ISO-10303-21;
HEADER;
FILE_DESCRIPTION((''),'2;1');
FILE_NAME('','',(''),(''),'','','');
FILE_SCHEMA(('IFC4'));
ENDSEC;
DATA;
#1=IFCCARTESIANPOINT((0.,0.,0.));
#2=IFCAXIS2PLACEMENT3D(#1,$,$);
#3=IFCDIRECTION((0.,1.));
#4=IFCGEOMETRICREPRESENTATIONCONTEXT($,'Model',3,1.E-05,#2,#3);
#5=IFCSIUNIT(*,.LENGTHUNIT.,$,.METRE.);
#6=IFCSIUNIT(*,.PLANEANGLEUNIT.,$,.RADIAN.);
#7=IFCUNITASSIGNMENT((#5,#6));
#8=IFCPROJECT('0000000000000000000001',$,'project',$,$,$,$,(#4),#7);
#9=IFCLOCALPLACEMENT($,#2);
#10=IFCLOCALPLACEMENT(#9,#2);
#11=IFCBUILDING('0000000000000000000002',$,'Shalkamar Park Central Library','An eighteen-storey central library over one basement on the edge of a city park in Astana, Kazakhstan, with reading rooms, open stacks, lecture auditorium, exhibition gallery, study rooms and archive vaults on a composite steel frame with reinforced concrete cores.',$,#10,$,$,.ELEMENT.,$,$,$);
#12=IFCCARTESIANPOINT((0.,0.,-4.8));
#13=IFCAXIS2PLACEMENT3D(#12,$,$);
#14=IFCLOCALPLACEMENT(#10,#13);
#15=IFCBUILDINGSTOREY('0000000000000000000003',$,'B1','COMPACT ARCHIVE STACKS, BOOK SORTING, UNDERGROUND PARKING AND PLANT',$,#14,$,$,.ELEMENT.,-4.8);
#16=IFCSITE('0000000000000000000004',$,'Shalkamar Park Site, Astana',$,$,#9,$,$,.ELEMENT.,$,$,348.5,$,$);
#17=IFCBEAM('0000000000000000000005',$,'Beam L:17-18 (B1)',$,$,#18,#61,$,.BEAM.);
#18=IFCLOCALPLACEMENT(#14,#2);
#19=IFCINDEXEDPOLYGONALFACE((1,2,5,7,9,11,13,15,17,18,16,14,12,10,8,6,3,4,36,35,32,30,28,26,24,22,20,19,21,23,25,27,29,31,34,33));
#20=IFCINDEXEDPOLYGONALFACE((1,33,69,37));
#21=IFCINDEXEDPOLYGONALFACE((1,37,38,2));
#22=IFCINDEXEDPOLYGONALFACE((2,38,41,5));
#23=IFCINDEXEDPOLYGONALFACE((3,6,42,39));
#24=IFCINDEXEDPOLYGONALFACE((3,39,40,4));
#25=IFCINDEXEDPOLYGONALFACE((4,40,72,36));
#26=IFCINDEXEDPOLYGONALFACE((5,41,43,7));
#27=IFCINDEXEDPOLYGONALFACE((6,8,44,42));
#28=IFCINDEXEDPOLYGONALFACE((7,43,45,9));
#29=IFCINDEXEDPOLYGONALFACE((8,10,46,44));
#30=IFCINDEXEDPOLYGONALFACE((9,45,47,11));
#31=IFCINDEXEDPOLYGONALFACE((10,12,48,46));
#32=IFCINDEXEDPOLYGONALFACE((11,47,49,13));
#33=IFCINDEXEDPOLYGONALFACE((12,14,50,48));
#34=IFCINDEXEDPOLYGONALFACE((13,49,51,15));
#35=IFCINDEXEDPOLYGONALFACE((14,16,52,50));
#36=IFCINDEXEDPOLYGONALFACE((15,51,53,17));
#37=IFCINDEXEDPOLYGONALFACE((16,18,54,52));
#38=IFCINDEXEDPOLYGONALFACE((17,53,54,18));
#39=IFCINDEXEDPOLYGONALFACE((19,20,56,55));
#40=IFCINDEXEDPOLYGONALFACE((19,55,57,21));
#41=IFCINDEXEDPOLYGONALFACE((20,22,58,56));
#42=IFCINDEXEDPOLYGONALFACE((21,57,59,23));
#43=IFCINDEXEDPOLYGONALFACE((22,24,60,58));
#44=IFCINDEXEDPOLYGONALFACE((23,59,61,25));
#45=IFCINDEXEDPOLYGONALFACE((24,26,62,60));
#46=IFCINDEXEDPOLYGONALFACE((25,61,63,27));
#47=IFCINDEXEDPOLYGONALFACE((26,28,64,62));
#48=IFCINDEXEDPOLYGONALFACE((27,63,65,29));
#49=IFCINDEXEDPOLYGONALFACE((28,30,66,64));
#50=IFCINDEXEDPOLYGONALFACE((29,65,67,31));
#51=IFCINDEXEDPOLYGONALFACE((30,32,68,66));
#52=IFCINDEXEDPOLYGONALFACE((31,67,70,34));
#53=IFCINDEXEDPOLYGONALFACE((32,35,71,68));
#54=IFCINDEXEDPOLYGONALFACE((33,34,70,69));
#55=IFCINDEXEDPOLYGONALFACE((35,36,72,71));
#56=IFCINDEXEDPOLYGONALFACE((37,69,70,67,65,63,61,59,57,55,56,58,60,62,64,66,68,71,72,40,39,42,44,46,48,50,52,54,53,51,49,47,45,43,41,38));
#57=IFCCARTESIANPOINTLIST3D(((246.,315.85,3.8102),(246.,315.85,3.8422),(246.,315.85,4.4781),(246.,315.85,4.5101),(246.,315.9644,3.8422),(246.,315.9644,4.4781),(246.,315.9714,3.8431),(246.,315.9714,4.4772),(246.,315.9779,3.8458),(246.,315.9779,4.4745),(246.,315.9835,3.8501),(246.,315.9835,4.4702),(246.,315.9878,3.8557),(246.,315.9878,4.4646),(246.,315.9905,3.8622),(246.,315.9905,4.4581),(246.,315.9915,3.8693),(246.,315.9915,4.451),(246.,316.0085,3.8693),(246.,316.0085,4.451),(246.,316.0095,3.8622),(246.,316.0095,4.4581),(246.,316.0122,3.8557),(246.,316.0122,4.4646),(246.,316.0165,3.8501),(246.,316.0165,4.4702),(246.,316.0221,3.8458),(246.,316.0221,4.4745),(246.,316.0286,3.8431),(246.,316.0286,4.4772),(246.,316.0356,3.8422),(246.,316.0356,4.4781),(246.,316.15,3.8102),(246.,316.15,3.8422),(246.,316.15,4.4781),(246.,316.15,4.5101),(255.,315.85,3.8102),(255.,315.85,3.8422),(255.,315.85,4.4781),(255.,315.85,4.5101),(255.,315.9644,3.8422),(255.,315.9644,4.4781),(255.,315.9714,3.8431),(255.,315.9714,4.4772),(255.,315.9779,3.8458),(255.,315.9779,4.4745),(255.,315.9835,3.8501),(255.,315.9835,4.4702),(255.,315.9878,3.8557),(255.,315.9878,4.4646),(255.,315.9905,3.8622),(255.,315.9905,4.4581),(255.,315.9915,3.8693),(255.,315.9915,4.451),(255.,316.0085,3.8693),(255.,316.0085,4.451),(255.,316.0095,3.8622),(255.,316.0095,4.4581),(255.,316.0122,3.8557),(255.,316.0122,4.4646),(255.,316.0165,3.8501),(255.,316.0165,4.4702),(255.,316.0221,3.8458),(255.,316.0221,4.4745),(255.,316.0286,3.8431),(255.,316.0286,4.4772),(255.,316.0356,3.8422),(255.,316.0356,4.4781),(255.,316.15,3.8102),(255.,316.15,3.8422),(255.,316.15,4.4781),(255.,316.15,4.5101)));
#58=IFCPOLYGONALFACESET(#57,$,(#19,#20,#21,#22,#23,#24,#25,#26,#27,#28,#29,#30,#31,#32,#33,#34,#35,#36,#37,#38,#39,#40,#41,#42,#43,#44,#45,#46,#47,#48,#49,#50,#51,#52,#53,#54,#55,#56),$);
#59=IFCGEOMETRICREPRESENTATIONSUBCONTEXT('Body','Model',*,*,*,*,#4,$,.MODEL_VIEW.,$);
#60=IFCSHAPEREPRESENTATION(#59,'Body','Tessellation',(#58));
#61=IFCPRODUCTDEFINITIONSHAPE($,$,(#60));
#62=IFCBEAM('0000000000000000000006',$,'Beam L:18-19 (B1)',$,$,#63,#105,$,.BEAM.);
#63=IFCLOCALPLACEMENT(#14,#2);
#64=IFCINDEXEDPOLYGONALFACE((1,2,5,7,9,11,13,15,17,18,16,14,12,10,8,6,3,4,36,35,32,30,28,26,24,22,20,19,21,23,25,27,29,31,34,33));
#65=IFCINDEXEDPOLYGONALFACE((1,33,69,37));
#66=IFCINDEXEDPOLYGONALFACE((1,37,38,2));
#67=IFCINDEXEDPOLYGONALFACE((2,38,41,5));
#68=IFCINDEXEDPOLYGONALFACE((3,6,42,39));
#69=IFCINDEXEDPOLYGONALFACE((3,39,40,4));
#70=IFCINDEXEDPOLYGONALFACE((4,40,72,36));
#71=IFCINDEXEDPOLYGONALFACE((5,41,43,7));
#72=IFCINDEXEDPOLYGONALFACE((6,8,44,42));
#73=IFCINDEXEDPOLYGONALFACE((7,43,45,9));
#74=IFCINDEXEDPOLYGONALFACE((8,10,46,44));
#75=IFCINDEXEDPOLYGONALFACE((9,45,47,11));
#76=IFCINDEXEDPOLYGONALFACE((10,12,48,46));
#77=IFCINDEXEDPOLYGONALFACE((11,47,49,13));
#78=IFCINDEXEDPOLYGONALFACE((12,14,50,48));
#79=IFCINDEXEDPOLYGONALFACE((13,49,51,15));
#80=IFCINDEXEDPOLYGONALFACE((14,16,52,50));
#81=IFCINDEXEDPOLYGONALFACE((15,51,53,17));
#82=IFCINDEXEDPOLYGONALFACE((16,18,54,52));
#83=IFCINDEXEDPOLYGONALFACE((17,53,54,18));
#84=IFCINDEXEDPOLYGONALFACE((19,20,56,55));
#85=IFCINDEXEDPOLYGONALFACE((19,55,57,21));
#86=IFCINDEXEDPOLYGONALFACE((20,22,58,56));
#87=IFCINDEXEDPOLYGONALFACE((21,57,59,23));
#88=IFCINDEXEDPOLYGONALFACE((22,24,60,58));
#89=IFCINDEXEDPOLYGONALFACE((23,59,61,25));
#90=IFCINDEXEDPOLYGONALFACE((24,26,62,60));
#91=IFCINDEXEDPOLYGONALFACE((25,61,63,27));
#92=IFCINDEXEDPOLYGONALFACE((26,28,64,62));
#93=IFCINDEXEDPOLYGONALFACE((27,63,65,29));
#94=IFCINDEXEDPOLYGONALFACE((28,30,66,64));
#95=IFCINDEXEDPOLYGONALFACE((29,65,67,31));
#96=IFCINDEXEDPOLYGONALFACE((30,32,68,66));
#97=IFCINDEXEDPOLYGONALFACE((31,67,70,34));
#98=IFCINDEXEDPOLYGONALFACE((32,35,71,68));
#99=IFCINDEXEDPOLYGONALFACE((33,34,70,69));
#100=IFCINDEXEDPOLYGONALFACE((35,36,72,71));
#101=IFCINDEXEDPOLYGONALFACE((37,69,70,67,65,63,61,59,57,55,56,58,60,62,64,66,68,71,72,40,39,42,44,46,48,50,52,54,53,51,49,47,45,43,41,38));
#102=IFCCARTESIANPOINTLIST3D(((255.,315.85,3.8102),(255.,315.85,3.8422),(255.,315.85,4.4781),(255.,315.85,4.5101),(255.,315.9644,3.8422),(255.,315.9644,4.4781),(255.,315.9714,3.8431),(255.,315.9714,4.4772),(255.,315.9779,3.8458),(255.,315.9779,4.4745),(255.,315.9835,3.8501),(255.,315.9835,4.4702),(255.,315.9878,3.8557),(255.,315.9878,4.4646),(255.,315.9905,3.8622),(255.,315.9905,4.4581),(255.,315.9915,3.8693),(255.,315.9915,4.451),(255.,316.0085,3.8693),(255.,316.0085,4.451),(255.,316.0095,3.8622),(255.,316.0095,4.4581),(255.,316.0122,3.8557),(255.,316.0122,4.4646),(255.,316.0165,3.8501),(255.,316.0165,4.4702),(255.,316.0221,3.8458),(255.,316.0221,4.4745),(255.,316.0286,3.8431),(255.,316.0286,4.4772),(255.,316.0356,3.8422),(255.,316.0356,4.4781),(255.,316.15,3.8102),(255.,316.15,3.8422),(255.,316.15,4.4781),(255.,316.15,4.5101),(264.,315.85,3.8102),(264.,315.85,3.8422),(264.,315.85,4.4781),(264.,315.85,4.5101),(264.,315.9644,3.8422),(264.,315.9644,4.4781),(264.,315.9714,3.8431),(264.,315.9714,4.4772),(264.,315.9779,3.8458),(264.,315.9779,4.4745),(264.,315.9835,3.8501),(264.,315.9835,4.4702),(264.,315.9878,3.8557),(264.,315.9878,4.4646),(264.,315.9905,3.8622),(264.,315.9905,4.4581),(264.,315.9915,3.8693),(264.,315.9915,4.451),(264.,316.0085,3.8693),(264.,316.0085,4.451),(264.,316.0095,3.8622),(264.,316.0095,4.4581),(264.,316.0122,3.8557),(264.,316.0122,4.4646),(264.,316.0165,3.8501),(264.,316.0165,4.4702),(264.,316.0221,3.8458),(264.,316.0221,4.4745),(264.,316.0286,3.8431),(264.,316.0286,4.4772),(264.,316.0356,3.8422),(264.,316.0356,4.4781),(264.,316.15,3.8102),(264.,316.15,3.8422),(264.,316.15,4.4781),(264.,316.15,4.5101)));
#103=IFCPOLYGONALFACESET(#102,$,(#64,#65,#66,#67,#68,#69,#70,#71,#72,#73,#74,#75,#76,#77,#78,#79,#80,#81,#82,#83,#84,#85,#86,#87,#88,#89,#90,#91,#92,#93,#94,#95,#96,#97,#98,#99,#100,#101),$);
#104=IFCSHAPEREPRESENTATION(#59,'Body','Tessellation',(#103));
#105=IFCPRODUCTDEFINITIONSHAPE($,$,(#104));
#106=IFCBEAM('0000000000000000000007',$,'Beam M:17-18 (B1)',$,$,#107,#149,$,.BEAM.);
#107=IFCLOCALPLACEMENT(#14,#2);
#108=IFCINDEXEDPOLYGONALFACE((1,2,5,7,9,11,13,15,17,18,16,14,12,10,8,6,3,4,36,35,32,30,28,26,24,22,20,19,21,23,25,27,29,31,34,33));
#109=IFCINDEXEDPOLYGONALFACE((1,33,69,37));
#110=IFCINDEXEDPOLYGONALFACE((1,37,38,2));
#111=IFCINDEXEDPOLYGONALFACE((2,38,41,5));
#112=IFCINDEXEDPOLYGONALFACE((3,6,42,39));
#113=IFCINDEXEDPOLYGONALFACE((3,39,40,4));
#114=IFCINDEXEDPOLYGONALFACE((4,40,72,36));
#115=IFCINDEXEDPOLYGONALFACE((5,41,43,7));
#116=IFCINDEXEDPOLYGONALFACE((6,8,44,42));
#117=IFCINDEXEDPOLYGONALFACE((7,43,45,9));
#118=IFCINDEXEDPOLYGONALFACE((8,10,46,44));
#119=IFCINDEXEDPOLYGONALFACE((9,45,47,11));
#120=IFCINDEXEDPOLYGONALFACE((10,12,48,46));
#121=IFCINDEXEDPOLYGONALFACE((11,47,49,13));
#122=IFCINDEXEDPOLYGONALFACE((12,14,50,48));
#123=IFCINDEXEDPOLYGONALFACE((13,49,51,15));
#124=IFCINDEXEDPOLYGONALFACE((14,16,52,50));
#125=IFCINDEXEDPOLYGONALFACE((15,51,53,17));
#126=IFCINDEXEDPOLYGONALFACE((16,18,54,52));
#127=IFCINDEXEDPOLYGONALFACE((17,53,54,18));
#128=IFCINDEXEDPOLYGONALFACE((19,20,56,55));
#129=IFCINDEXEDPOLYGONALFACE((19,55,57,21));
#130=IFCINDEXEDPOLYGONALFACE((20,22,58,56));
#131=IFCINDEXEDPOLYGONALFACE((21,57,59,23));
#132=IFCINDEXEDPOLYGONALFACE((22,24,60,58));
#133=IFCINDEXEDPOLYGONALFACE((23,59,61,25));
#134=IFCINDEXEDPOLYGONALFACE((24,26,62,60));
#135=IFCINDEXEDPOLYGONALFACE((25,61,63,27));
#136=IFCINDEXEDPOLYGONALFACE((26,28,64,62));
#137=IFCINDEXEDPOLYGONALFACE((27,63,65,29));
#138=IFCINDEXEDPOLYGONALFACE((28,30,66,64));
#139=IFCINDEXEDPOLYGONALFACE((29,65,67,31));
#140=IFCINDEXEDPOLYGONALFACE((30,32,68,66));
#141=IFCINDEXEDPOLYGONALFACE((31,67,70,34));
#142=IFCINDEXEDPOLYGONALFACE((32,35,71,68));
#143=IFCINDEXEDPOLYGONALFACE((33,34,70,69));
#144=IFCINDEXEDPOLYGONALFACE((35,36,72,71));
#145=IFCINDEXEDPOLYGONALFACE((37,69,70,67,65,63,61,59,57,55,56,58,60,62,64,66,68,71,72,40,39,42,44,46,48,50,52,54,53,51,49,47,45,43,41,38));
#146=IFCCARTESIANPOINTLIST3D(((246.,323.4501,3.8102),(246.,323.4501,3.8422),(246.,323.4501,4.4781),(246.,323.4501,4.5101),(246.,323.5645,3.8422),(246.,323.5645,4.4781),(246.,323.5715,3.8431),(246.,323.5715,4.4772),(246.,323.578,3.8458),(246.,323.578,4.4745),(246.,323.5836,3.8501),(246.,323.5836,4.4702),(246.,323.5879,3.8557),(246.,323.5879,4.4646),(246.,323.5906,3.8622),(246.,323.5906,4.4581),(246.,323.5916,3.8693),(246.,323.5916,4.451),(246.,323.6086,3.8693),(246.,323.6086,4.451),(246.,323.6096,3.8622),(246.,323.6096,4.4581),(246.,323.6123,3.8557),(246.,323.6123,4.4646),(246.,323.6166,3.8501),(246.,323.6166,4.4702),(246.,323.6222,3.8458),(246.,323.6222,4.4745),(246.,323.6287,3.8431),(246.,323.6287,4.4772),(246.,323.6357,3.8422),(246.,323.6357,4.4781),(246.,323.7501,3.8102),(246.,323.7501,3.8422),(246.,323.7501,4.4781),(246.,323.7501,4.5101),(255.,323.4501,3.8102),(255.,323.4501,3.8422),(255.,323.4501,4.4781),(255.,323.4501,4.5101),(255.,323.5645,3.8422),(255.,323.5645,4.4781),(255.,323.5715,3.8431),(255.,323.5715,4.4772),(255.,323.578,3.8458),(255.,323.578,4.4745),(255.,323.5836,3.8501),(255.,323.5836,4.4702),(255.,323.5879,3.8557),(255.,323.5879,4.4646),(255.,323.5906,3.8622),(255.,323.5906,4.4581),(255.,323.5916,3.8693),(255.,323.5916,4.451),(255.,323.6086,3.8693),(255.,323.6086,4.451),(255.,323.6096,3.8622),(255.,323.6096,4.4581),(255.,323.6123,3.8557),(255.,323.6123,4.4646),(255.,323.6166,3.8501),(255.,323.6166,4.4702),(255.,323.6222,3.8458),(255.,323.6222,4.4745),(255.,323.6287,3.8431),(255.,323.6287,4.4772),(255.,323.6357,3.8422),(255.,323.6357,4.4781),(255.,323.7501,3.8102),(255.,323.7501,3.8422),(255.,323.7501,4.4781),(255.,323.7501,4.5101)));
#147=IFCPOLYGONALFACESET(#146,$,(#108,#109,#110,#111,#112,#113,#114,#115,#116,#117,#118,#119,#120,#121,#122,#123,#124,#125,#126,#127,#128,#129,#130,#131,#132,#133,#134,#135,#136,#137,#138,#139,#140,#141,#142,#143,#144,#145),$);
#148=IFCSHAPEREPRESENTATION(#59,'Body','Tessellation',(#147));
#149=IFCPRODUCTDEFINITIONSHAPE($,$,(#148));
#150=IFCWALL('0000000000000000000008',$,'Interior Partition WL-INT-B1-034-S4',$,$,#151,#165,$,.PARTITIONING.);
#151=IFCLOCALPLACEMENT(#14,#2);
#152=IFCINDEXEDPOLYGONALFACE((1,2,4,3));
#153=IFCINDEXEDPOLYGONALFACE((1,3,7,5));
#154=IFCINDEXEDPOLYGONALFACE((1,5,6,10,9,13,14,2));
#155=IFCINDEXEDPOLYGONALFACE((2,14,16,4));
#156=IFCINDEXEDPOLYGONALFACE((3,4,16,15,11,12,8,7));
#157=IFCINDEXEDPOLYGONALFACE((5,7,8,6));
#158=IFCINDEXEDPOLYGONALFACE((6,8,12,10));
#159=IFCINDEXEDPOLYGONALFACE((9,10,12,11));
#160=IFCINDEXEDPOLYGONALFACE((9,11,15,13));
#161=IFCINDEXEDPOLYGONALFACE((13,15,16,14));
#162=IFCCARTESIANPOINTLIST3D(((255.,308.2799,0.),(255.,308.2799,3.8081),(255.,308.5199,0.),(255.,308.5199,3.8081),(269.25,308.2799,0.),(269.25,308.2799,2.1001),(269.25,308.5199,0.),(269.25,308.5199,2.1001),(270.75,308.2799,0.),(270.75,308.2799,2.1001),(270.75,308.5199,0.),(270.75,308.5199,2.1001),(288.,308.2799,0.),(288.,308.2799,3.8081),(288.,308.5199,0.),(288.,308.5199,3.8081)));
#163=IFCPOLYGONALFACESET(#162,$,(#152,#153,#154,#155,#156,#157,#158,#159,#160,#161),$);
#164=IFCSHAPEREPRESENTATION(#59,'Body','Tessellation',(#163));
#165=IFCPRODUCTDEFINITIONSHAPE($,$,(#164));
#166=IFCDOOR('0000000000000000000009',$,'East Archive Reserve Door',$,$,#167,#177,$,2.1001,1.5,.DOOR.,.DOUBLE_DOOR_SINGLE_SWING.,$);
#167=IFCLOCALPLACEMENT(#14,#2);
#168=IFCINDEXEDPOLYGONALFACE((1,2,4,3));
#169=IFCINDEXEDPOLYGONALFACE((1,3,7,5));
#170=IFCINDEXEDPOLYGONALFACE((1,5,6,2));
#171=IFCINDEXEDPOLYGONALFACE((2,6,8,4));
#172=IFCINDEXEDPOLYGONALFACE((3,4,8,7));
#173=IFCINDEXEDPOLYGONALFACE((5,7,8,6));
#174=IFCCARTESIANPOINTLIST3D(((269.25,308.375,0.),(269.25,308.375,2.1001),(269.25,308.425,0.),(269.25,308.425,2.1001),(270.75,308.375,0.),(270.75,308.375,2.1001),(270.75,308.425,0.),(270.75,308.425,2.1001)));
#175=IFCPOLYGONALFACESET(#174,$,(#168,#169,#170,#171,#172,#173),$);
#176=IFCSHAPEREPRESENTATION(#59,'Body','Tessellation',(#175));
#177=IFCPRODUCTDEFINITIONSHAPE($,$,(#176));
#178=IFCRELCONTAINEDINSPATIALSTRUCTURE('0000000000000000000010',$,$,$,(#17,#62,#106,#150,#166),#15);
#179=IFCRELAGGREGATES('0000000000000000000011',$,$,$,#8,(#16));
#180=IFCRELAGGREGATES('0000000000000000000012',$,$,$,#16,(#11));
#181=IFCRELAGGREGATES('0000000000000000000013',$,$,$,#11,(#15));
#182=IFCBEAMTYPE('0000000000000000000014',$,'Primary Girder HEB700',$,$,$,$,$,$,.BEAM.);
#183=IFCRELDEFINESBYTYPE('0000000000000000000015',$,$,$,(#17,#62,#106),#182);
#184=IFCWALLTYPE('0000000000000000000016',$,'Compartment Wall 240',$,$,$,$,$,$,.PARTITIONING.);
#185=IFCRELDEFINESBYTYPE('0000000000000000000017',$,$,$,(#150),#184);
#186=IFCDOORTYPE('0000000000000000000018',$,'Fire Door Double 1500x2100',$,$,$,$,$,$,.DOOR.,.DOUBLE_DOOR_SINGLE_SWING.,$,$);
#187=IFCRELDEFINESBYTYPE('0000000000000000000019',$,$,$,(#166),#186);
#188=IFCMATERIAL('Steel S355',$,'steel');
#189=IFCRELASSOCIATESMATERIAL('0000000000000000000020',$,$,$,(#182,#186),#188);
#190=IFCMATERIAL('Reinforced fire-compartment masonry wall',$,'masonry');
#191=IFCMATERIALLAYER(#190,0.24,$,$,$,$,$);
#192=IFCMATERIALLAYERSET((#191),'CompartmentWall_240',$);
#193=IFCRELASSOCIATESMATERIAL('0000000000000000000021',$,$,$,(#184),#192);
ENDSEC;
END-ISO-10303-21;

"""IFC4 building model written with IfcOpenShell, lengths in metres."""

from ifc_helpers import new_model, si_unit, direction, frame, frame_2d, origin, origin_2d, place, context, subcontext, project, spatial, rectangle, i_section, extrude, material, layer, layer_set, material_profile, profile_set, type_object, element, fill, save


model = new_model("IFC4")

# Units and contexts
model_context = context("Model", 3, precision=1e-05, world=origin(), true_north=direction((0.0, 1.0)))
body_context = subcontext(model_context, "Body", "Model", "MODEL_VIEW")
ifc_project = project(units=[si_unit("LENGTHUNIT", "METRE"), si_unit("PLANEANGLEUNIT", "RADIAN")], contexts=[model_context])

# Site, building, storey
site_placement = place(None, origin())
site = spatial("IfcSite", under=ifc_project, at=site_placement, Name="Shalkamar Park Site, Astana", CompositionType="ELEMENT", RefElevation=348.5)
building_placement = place(site_placement, origin())
building = spatial("IfcBuilding", under=site, at=building_placement, Name="Shalkamar Park Central Library", Description="An eighteen-storey central library over one basement on the edge of a city park in Astana, Kazakhstan, with reading rooms, open stacks, lecture auditorium, exhibition gallery, study rooms and archive vaults on a composite steel frame with reinforced concrete cores.", CompositionType="ELEMENT")
storey_placement = place(building_placement, frame((0.0, 0.0, -4.8)))
storey = spatial("IfcBuildingStorey", under=building, at=storey_placement, Name="B1", Description="COMPACT ARCHIVE STACKS, BOOK SORTING, UNDERGROUND PARKING AND PLANT", CompositionType="ELEMENT", Elevation=-4.8)

# Shared definitions
ifc_material_1 = material(Name="Steel S355", Category="steel")

# Beams
ifc_material_profile_1 = material_profile(ifc_material_1, i_section(OverallWidth=0.3, OverallDepth=0.7, WebThickness=0.0171, FlangeThickness=0.032, FilletRadius=0.0271, at=origin_2d()), Name="HEB 700")
ifc_profile_set_1 = profile_set([ifc_material_profile_1], Name="Steel S355")
beam_type_1 = type_object("IfcBeamType", Name="Primary Girder HEB700", PredefinedType="BEAM", material=ifc_profile_set_1)
for number, where, z_axis, x_axis, name in (
    (1, (246.0, 316.0, 4.1602), (1.0, 0.0, 0.0), (0.0, 1.0, 0.0), "Beam L:17-18 (B1)"),
    (2, (255.0, 316.0, 4.1602), (1.0, 0.0, 0.0), (0.0, 1.0, 0.0), "Beam L:18-19 (B1)"),
    (3, (246.0, 323.6001, 4.1602), (1.0, 0.0, 0.0), (0.0, 1.0, 0.0), "Beam M:17-18 (B1)"),
):
    element("IfcBeam", number, at=place(storey_placement, frame(where, z_axis=z_axis, x_axis=x_axis)), inside=storey, type_object=beam_type_1, Name=name, PredefinedType="BEAM", context=body_context, shape_type="SweptSolid", body=[
        extrude(i_section(OverallWidth=0.3, OverallDepth=0.7, WebThickness=0.0171, FlangeThickness=0.032, FilletRadius=0.0271, at=origin_2d()), origin(), (0.0, 0.0, 1.0), 9.0),
    ])

# Wall, opening, door
ifc_material_2 = material(Name="Reinforced fire-compartment masonry wall", Category="masonry")
ifc_layer = layer(ifc_material_2, 0.24)
ifc_layer_set = layer_set([ifc_layer], Name="CompartmentWall_240")
wall_type = type_object("IfcWallType", Name="Compartment Wall 240", PredefinedType="PARTITIONING", material=ifc_layer_set)
wall_placement = place(storey_placement, frame((255.0, 308.3999, 0.0), z_axis=(0.0, 0.0, 1.0), x_axis=(1.0, 0.0, 0.0)))
wall = element("IfcWall", 4, at=wall_placement, inside=storey, type_object=wall_type, Name="Interior Partition WL-INT-B1-034-S4", PredefinedType="PARTITIONING", context=body_context, shape_type="SweptSolid", body=[
    extrude(rectangle(XDim=33.0, YDim=0.24, at=frame_2d((16.5, 0.0))), origin(), (0.0, 0.0, 1.0), 3.8081),
])
opening_placement = place(wall_placement, frame((14.25, 0.0, 0.0)))
opening = element("IfcOpeningElement", 5, at=opening_placement, cuts=wall, PredefinedType="OPENING", context=body_context, shape_type="SweptSolid", body=[
    extrude(rectangle(XDim=1.5, YDim=2.1001, at=frame_2d((0.75, 1.05))), frame((0.0, 0.1348, 0.0), z_axis=(0.0, -1.0, 0.0), x_axis=(1.0, 0.0, 0.0)), (0.0, 0.0, 1.0), 0.2698),
])
door_type = type_object("IfcDoorType", Name="Fire Door Double 1500x2100", OperationType="DOUBLE_DOOR_SINGLE_SWING", PredefinedType="DOOR", material=ifc_material_1)
door_placement = place(opening_placement, frame((1.5, 0.0, 0.0), z_axis=(0.0, 0.0, 1.0), x_axis=(-1.0, 0.0, 0.0)))
door = element("IfcDoor", 6, at=door_placement, inside=storey, type_object=door_type, Name="East Archive Reserve Door", OperationType="DOUBLE_DOOR_SINGLE_SWING", OverallHeight=2.1001, OverallWidth=1.5, PredefinedType="DOOR", context=body_context, shape_type="SweptSolid", body=[
    extrude(rectangle(XDim=1.5, YDim=2.1001, at=frame_2d((0.75, 1.05))), frame((0.0, 0.0249, 0.0), z_axis=(0.0, -1.0, 0.0), x_axis=(1.0, 0.0, 0.0)), (0.0, 0.0, 1.0), 0.05),
])
fill(opening, door)

save(model, "model.ifc")
